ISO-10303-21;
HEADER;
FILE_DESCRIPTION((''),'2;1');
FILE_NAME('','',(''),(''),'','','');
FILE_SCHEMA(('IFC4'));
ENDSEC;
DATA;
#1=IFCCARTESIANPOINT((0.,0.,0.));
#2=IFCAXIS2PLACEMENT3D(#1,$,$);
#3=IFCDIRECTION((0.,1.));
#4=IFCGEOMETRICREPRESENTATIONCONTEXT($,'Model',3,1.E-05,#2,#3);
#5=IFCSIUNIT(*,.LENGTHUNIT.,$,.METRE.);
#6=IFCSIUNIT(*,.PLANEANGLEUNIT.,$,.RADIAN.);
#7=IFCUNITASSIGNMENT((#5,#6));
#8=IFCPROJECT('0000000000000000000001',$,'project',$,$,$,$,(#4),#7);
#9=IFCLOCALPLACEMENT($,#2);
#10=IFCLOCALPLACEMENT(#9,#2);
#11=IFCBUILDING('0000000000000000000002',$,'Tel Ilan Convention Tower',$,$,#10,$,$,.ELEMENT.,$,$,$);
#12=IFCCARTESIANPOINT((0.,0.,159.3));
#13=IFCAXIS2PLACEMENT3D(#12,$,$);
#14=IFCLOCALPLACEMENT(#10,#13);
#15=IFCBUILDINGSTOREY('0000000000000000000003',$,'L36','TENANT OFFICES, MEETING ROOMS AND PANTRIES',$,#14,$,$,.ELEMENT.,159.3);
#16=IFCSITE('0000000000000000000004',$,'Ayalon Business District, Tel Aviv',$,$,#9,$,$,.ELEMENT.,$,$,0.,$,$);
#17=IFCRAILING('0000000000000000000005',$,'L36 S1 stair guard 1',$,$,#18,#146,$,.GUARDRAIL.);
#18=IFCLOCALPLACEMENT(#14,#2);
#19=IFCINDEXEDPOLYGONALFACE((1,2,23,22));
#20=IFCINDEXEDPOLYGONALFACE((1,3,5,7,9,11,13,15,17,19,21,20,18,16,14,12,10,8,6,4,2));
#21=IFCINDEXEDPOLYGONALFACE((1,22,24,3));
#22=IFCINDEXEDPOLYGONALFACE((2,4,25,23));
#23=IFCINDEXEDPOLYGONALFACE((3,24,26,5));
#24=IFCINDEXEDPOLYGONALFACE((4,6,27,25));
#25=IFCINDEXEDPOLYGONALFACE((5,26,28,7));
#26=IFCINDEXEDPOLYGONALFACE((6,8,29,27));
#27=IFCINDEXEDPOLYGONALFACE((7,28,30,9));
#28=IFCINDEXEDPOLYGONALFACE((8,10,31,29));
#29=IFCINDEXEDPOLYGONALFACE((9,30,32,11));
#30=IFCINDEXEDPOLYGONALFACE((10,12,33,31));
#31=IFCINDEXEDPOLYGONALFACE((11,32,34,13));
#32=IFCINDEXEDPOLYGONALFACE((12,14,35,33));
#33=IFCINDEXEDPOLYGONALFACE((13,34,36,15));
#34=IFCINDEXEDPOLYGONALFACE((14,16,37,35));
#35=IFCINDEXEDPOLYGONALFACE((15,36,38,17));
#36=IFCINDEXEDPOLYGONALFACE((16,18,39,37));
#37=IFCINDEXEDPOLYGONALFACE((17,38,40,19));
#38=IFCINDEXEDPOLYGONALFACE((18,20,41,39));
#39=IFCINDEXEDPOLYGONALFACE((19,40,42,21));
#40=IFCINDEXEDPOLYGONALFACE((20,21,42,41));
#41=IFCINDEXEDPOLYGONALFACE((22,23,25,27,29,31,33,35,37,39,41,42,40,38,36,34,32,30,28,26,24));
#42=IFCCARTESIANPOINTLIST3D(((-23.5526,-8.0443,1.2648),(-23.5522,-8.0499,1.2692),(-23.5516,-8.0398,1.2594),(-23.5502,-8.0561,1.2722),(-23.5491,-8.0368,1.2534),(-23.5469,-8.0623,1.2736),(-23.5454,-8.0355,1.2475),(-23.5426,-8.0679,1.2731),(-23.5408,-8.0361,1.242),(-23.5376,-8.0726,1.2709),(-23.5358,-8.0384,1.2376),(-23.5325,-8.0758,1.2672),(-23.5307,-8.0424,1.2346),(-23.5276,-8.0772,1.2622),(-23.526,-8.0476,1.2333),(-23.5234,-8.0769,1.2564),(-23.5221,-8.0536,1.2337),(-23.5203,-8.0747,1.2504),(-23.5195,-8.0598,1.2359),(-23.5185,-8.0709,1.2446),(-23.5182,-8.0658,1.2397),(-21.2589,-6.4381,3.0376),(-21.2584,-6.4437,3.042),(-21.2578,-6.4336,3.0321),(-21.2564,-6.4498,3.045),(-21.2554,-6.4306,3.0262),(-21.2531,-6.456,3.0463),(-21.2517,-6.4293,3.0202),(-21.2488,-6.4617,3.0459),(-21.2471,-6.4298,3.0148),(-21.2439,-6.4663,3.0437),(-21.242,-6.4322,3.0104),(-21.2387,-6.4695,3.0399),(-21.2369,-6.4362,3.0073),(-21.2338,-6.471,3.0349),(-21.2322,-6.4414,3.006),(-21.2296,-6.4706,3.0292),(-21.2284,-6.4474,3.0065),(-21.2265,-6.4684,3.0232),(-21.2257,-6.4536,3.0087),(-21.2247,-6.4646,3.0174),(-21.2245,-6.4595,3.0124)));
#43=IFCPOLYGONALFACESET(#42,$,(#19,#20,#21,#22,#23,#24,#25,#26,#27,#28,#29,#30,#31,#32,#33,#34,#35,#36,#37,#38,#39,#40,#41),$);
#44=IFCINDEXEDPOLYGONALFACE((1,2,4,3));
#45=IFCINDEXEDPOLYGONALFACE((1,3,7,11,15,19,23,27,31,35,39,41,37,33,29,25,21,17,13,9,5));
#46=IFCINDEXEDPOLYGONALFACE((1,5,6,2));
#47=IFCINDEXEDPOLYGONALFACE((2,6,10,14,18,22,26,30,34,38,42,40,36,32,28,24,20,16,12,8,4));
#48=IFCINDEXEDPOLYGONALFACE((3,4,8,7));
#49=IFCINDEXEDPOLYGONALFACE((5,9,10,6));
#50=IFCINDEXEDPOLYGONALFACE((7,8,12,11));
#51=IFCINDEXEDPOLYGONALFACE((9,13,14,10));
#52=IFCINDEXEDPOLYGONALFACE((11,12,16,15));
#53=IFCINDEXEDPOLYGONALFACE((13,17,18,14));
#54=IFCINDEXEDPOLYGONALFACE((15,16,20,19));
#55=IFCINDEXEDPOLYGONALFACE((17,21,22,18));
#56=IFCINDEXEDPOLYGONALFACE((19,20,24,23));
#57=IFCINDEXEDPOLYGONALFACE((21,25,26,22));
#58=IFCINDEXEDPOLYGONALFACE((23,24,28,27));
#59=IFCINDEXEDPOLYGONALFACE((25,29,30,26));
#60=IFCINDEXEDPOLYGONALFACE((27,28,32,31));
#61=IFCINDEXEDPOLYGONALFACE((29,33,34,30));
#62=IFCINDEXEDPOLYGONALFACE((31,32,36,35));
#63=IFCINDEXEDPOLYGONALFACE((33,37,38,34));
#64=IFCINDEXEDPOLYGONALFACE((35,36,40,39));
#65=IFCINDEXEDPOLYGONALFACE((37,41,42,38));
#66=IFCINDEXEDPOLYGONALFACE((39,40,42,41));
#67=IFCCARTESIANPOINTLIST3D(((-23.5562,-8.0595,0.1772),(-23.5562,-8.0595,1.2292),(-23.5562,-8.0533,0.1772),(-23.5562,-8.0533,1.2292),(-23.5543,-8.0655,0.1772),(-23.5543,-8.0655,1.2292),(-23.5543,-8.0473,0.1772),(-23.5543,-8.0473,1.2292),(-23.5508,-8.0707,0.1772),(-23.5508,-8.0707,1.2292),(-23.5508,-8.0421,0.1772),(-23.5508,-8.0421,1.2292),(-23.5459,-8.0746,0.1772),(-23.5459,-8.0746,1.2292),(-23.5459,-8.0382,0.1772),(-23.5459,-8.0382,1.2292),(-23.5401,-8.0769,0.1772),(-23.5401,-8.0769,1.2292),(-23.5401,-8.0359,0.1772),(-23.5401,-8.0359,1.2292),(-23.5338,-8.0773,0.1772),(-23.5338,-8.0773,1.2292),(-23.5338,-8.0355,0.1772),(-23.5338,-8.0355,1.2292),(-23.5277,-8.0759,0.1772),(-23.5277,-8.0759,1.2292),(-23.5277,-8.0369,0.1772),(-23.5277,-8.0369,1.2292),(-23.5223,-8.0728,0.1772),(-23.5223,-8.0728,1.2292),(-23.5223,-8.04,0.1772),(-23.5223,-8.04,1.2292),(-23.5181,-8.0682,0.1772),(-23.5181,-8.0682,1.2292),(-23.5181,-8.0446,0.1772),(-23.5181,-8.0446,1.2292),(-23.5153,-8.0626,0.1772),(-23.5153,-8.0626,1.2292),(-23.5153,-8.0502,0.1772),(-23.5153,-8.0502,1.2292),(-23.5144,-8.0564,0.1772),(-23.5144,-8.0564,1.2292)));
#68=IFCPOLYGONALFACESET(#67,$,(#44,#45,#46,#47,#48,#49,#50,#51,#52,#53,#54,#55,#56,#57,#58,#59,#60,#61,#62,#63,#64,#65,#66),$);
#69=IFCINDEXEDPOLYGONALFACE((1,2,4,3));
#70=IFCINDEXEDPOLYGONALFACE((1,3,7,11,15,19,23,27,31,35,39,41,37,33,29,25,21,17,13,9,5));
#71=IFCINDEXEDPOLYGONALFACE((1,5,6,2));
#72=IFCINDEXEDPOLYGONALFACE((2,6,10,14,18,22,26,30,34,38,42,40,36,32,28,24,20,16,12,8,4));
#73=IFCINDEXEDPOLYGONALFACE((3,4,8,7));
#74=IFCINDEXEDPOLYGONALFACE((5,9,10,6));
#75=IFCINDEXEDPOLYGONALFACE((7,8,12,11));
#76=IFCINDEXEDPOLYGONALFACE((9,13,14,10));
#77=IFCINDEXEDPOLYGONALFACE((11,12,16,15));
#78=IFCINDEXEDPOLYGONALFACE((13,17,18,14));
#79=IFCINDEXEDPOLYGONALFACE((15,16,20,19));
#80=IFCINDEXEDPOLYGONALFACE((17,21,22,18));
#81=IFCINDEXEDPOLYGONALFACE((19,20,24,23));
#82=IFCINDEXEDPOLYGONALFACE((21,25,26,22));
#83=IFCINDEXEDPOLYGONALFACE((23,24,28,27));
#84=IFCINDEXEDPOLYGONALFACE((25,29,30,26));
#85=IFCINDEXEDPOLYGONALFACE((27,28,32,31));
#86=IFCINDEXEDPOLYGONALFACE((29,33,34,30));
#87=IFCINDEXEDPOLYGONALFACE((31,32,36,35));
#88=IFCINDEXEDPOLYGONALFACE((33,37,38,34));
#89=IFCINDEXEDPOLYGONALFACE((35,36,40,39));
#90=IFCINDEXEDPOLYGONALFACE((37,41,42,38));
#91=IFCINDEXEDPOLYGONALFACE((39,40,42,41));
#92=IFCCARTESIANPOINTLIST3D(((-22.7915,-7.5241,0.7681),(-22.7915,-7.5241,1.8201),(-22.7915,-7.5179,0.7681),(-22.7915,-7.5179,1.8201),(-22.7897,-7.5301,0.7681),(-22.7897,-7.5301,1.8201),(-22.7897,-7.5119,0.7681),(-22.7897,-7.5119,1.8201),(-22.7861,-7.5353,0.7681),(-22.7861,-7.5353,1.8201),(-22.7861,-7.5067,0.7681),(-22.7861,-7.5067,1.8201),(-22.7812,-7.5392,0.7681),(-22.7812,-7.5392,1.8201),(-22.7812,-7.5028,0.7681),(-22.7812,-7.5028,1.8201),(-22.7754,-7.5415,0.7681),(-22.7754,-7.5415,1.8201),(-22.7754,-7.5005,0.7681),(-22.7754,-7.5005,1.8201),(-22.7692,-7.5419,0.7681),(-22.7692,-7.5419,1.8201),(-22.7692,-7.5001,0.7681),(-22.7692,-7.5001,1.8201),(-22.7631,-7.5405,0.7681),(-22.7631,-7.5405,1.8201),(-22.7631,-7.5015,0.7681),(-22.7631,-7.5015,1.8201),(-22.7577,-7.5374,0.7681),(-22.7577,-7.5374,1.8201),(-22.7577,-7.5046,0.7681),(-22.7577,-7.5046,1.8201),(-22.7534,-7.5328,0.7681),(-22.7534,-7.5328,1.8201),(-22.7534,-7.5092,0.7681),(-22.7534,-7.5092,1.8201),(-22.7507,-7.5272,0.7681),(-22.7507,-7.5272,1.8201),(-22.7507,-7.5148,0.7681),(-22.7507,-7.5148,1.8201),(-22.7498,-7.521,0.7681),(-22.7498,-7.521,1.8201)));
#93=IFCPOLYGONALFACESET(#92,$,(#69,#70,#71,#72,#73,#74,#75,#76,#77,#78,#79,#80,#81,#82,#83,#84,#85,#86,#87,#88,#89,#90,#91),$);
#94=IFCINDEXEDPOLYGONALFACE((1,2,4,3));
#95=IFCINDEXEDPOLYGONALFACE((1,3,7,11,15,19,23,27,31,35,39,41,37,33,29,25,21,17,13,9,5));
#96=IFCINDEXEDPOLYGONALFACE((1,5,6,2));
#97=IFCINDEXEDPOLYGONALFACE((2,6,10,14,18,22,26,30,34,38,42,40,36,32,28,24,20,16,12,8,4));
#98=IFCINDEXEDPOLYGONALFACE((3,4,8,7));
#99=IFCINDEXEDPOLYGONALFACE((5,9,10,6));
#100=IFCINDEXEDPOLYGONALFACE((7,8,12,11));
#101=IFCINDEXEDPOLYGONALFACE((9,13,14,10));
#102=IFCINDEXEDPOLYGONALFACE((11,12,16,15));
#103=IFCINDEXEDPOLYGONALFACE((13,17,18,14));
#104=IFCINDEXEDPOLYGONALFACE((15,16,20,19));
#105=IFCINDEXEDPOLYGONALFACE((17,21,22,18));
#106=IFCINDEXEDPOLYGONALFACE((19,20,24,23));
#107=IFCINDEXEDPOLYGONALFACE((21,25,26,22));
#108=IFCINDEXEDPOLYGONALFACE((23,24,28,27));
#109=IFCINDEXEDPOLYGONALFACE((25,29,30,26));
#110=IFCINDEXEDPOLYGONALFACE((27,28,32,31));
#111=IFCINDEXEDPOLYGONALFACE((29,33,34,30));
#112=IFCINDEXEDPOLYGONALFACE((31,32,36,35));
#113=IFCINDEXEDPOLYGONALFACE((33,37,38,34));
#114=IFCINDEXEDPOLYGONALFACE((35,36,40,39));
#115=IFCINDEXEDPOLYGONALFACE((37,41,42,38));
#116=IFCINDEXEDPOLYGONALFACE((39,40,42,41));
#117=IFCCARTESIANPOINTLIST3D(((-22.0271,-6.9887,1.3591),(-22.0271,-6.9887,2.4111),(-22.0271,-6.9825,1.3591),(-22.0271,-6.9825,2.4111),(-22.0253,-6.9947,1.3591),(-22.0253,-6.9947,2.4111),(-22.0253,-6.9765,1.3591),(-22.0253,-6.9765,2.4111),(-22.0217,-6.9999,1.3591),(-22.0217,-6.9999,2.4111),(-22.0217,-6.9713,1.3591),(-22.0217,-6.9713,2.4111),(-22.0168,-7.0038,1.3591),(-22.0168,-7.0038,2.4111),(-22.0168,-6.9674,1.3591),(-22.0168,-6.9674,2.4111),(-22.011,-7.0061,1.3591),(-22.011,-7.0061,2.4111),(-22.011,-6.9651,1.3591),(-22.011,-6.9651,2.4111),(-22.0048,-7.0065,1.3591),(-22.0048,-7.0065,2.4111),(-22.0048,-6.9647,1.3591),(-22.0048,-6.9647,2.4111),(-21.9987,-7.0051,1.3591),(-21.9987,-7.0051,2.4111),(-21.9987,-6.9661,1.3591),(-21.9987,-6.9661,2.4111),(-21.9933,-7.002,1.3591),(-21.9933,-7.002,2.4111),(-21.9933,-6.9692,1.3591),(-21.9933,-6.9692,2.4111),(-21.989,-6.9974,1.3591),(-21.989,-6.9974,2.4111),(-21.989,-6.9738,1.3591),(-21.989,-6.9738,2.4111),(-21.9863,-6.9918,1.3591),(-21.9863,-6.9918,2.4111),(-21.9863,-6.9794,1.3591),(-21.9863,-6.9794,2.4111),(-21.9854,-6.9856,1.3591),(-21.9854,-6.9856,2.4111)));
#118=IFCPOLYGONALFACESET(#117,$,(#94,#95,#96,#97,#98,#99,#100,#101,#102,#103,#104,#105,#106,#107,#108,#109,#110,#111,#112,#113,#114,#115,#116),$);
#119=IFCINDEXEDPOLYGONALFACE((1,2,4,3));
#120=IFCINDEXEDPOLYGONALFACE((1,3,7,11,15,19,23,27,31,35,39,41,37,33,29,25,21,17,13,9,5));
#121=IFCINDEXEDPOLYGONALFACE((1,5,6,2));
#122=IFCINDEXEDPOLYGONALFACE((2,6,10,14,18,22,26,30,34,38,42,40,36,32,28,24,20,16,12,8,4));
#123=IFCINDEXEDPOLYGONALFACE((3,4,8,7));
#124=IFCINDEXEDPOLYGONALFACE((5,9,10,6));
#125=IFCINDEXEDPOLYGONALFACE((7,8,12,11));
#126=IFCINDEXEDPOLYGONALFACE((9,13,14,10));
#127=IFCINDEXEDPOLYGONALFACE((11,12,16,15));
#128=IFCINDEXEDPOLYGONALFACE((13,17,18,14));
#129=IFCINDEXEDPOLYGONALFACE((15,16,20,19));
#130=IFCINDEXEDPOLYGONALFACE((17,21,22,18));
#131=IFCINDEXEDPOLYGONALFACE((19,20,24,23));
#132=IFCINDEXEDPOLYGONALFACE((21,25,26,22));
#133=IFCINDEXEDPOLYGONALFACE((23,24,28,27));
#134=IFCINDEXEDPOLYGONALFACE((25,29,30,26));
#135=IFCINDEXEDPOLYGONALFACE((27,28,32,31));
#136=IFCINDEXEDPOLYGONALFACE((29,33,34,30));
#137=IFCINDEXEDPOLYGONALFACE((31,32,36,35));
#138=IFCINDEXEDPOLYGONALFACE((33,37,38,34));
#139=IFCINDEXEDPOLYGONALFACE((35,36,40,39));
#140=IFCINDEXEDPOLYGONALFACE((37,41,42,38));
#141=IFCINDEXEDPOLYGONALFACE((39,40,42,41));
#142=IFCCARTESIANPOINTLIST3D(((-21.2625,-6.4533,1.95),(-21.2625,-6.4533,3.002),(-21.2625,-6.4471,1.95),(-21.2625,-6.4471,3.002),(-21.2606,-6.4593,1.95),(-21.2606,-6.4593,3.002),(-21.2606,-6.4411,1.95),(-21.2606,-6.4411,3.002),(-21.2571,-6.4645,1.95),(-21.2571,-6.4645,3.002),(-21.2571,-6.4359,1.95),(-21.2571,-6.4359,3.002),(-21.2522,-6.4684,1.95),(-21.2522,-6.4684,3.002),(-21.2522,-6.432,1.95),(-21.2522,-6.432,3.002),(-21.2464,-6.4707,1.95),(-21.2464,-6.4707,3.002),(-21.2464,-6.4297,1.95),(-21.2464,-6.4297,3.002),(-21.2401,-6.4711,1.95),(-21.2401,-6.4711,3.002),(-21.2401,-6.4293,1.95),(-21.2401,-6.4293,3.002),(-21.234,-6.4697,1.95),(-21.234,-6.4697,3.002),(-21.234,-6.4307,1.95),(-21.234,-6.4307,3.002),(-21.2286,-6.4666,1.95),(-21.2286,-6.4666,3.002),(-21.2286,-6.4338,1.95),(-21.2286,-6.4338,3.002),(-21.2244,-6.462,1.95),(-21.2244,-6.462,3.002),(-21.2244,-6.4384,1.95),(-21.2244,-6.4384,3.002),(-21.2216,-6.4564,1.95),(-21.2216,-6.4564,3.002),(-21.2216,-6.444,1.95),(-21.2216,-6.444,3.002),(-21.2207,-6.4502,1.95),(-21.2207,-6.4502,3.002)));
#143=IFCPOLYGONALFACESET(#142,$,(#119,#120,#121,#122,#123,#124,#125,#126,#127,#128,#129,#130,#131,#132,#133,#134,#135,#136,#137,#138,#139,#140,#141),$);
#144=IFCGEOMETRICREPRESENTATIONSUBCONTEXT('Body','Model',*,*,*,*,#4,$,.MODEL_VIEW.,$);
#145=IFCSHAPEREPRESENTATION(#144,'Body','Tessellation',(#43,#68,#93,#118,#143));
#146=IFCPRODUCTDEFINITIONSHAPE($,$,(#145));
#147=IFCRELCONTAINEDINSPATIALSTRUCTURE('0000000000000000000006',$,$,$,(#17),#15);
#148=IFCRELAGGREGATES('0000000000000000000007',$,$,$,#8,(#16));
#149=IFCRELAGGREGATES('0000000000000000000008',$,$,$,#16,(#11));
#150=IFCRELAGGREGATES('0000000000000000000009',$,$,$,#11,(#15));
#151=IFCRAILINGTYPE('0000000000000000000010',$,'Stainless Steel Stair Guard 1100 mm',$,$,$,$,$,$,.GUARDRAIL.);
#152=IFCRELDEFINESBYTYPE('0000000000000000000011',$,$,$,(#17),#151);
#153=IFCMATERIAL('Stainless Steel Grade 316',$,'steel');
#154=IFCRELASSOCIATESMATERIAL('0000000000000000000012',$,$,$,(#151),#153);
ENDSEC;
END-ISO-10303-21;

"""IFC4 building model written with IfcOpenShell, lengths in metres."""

from ifc_helpers import new_model, si_unit, direction, frame, origin, origin_2d, place, context, subcontext, project, spatial, circle, extrude, material, type_object, element, save


model = new_model("IFC4")

# Units and contexts
model_context = context("Model", 3, precision=1e-05, world=origin(), true_north=direction((0.0, 1.0)))
body_context = subcontext(model_context, "Body", "Model", "MODEL_VIEW")
ifc_project = project(units=[si_unit("LENGTHUNIT", "METRE"), si_unit("PLANEANGLEUNIT", "RADIAN")], contexts=[model_context])

# Site, building, storey
site_placement = place(None, origin())
site = spatial("IfcSite", under=ifc_project, at=site_placement, Name="Ayalon Business District, Tel Aviv", CompositionType="ELEMENT", RefElevation=0.0)
building_placement = place(site_placement, origin())
building = spatial("IfcBuilding", under=site, at=building_placement, Name="Tel Ilan Convention Tower", CompositionType="ELEMENT")
storey_placement = place(building_placement, frame((0.0, 0.0, 159.3)))
storey = spatial("IfcBuildingStorey", under=building, at=storey_placement, Name="L36", Description="TENANT OFFICES, MEETING ROOMS AND PANTRIES", CompositionType="ELEMENT", Elevation=159.3)

# Railing
ifc_material_1 = material(Name="Stainless Steel Grade 316", Category="steel")
railing_type_1 = type_object("IfcRailingType", Name="Stainless Steel Stair Guard 1100 mm", PredefinedType="GUARDRAIL", material=ifc_material_1)
railing_1_placement = place(storey_placement, frame((-23.5354, -8.0564, 0.1772)))
element("IfcRailing", 1, at=railing_1_placement, inside=storey, type_object=railing_type_1, Name="L36 S1 stair guard 1", PredefinedType="GUARDRAIL", context=body_context, shape_type="SweptSolid", body=[
    extrude(circle(Radius=0.0239, at=origin_2d()), frame((0.0, 0.0, 1.0762), z_axis=(0.692098, 0.484653, 0.534894), x_axis=(-0.573609, 0.81913, 0.0)), (0.0, 0.0, 1.0), 3.3142),
    extrude(circle(Radius=0.021, at=origin_2d()), origin(), (0.0, 0.0, 1.0), 1.052),
    extrude(circle(Radius=0.021, at=origin_2d()), frame((0.7646, 0.5354, 0.5908)), (0.0, 0.0, 1.0), 1.052),
    extrude(circle(Radius=0.021, at=origin_2d()), frame((1.5291, 1.0708, 1.1819)), (0.0, 0.0, 1.0), 1.052),
    extrude(circle(Radius=0.021, at=origin_2d()), frame((2.2937, 1.6062, 1.7727)), (0.0, 0.0, 1.0), 1.052),
])

save(model, "model.ifc")
